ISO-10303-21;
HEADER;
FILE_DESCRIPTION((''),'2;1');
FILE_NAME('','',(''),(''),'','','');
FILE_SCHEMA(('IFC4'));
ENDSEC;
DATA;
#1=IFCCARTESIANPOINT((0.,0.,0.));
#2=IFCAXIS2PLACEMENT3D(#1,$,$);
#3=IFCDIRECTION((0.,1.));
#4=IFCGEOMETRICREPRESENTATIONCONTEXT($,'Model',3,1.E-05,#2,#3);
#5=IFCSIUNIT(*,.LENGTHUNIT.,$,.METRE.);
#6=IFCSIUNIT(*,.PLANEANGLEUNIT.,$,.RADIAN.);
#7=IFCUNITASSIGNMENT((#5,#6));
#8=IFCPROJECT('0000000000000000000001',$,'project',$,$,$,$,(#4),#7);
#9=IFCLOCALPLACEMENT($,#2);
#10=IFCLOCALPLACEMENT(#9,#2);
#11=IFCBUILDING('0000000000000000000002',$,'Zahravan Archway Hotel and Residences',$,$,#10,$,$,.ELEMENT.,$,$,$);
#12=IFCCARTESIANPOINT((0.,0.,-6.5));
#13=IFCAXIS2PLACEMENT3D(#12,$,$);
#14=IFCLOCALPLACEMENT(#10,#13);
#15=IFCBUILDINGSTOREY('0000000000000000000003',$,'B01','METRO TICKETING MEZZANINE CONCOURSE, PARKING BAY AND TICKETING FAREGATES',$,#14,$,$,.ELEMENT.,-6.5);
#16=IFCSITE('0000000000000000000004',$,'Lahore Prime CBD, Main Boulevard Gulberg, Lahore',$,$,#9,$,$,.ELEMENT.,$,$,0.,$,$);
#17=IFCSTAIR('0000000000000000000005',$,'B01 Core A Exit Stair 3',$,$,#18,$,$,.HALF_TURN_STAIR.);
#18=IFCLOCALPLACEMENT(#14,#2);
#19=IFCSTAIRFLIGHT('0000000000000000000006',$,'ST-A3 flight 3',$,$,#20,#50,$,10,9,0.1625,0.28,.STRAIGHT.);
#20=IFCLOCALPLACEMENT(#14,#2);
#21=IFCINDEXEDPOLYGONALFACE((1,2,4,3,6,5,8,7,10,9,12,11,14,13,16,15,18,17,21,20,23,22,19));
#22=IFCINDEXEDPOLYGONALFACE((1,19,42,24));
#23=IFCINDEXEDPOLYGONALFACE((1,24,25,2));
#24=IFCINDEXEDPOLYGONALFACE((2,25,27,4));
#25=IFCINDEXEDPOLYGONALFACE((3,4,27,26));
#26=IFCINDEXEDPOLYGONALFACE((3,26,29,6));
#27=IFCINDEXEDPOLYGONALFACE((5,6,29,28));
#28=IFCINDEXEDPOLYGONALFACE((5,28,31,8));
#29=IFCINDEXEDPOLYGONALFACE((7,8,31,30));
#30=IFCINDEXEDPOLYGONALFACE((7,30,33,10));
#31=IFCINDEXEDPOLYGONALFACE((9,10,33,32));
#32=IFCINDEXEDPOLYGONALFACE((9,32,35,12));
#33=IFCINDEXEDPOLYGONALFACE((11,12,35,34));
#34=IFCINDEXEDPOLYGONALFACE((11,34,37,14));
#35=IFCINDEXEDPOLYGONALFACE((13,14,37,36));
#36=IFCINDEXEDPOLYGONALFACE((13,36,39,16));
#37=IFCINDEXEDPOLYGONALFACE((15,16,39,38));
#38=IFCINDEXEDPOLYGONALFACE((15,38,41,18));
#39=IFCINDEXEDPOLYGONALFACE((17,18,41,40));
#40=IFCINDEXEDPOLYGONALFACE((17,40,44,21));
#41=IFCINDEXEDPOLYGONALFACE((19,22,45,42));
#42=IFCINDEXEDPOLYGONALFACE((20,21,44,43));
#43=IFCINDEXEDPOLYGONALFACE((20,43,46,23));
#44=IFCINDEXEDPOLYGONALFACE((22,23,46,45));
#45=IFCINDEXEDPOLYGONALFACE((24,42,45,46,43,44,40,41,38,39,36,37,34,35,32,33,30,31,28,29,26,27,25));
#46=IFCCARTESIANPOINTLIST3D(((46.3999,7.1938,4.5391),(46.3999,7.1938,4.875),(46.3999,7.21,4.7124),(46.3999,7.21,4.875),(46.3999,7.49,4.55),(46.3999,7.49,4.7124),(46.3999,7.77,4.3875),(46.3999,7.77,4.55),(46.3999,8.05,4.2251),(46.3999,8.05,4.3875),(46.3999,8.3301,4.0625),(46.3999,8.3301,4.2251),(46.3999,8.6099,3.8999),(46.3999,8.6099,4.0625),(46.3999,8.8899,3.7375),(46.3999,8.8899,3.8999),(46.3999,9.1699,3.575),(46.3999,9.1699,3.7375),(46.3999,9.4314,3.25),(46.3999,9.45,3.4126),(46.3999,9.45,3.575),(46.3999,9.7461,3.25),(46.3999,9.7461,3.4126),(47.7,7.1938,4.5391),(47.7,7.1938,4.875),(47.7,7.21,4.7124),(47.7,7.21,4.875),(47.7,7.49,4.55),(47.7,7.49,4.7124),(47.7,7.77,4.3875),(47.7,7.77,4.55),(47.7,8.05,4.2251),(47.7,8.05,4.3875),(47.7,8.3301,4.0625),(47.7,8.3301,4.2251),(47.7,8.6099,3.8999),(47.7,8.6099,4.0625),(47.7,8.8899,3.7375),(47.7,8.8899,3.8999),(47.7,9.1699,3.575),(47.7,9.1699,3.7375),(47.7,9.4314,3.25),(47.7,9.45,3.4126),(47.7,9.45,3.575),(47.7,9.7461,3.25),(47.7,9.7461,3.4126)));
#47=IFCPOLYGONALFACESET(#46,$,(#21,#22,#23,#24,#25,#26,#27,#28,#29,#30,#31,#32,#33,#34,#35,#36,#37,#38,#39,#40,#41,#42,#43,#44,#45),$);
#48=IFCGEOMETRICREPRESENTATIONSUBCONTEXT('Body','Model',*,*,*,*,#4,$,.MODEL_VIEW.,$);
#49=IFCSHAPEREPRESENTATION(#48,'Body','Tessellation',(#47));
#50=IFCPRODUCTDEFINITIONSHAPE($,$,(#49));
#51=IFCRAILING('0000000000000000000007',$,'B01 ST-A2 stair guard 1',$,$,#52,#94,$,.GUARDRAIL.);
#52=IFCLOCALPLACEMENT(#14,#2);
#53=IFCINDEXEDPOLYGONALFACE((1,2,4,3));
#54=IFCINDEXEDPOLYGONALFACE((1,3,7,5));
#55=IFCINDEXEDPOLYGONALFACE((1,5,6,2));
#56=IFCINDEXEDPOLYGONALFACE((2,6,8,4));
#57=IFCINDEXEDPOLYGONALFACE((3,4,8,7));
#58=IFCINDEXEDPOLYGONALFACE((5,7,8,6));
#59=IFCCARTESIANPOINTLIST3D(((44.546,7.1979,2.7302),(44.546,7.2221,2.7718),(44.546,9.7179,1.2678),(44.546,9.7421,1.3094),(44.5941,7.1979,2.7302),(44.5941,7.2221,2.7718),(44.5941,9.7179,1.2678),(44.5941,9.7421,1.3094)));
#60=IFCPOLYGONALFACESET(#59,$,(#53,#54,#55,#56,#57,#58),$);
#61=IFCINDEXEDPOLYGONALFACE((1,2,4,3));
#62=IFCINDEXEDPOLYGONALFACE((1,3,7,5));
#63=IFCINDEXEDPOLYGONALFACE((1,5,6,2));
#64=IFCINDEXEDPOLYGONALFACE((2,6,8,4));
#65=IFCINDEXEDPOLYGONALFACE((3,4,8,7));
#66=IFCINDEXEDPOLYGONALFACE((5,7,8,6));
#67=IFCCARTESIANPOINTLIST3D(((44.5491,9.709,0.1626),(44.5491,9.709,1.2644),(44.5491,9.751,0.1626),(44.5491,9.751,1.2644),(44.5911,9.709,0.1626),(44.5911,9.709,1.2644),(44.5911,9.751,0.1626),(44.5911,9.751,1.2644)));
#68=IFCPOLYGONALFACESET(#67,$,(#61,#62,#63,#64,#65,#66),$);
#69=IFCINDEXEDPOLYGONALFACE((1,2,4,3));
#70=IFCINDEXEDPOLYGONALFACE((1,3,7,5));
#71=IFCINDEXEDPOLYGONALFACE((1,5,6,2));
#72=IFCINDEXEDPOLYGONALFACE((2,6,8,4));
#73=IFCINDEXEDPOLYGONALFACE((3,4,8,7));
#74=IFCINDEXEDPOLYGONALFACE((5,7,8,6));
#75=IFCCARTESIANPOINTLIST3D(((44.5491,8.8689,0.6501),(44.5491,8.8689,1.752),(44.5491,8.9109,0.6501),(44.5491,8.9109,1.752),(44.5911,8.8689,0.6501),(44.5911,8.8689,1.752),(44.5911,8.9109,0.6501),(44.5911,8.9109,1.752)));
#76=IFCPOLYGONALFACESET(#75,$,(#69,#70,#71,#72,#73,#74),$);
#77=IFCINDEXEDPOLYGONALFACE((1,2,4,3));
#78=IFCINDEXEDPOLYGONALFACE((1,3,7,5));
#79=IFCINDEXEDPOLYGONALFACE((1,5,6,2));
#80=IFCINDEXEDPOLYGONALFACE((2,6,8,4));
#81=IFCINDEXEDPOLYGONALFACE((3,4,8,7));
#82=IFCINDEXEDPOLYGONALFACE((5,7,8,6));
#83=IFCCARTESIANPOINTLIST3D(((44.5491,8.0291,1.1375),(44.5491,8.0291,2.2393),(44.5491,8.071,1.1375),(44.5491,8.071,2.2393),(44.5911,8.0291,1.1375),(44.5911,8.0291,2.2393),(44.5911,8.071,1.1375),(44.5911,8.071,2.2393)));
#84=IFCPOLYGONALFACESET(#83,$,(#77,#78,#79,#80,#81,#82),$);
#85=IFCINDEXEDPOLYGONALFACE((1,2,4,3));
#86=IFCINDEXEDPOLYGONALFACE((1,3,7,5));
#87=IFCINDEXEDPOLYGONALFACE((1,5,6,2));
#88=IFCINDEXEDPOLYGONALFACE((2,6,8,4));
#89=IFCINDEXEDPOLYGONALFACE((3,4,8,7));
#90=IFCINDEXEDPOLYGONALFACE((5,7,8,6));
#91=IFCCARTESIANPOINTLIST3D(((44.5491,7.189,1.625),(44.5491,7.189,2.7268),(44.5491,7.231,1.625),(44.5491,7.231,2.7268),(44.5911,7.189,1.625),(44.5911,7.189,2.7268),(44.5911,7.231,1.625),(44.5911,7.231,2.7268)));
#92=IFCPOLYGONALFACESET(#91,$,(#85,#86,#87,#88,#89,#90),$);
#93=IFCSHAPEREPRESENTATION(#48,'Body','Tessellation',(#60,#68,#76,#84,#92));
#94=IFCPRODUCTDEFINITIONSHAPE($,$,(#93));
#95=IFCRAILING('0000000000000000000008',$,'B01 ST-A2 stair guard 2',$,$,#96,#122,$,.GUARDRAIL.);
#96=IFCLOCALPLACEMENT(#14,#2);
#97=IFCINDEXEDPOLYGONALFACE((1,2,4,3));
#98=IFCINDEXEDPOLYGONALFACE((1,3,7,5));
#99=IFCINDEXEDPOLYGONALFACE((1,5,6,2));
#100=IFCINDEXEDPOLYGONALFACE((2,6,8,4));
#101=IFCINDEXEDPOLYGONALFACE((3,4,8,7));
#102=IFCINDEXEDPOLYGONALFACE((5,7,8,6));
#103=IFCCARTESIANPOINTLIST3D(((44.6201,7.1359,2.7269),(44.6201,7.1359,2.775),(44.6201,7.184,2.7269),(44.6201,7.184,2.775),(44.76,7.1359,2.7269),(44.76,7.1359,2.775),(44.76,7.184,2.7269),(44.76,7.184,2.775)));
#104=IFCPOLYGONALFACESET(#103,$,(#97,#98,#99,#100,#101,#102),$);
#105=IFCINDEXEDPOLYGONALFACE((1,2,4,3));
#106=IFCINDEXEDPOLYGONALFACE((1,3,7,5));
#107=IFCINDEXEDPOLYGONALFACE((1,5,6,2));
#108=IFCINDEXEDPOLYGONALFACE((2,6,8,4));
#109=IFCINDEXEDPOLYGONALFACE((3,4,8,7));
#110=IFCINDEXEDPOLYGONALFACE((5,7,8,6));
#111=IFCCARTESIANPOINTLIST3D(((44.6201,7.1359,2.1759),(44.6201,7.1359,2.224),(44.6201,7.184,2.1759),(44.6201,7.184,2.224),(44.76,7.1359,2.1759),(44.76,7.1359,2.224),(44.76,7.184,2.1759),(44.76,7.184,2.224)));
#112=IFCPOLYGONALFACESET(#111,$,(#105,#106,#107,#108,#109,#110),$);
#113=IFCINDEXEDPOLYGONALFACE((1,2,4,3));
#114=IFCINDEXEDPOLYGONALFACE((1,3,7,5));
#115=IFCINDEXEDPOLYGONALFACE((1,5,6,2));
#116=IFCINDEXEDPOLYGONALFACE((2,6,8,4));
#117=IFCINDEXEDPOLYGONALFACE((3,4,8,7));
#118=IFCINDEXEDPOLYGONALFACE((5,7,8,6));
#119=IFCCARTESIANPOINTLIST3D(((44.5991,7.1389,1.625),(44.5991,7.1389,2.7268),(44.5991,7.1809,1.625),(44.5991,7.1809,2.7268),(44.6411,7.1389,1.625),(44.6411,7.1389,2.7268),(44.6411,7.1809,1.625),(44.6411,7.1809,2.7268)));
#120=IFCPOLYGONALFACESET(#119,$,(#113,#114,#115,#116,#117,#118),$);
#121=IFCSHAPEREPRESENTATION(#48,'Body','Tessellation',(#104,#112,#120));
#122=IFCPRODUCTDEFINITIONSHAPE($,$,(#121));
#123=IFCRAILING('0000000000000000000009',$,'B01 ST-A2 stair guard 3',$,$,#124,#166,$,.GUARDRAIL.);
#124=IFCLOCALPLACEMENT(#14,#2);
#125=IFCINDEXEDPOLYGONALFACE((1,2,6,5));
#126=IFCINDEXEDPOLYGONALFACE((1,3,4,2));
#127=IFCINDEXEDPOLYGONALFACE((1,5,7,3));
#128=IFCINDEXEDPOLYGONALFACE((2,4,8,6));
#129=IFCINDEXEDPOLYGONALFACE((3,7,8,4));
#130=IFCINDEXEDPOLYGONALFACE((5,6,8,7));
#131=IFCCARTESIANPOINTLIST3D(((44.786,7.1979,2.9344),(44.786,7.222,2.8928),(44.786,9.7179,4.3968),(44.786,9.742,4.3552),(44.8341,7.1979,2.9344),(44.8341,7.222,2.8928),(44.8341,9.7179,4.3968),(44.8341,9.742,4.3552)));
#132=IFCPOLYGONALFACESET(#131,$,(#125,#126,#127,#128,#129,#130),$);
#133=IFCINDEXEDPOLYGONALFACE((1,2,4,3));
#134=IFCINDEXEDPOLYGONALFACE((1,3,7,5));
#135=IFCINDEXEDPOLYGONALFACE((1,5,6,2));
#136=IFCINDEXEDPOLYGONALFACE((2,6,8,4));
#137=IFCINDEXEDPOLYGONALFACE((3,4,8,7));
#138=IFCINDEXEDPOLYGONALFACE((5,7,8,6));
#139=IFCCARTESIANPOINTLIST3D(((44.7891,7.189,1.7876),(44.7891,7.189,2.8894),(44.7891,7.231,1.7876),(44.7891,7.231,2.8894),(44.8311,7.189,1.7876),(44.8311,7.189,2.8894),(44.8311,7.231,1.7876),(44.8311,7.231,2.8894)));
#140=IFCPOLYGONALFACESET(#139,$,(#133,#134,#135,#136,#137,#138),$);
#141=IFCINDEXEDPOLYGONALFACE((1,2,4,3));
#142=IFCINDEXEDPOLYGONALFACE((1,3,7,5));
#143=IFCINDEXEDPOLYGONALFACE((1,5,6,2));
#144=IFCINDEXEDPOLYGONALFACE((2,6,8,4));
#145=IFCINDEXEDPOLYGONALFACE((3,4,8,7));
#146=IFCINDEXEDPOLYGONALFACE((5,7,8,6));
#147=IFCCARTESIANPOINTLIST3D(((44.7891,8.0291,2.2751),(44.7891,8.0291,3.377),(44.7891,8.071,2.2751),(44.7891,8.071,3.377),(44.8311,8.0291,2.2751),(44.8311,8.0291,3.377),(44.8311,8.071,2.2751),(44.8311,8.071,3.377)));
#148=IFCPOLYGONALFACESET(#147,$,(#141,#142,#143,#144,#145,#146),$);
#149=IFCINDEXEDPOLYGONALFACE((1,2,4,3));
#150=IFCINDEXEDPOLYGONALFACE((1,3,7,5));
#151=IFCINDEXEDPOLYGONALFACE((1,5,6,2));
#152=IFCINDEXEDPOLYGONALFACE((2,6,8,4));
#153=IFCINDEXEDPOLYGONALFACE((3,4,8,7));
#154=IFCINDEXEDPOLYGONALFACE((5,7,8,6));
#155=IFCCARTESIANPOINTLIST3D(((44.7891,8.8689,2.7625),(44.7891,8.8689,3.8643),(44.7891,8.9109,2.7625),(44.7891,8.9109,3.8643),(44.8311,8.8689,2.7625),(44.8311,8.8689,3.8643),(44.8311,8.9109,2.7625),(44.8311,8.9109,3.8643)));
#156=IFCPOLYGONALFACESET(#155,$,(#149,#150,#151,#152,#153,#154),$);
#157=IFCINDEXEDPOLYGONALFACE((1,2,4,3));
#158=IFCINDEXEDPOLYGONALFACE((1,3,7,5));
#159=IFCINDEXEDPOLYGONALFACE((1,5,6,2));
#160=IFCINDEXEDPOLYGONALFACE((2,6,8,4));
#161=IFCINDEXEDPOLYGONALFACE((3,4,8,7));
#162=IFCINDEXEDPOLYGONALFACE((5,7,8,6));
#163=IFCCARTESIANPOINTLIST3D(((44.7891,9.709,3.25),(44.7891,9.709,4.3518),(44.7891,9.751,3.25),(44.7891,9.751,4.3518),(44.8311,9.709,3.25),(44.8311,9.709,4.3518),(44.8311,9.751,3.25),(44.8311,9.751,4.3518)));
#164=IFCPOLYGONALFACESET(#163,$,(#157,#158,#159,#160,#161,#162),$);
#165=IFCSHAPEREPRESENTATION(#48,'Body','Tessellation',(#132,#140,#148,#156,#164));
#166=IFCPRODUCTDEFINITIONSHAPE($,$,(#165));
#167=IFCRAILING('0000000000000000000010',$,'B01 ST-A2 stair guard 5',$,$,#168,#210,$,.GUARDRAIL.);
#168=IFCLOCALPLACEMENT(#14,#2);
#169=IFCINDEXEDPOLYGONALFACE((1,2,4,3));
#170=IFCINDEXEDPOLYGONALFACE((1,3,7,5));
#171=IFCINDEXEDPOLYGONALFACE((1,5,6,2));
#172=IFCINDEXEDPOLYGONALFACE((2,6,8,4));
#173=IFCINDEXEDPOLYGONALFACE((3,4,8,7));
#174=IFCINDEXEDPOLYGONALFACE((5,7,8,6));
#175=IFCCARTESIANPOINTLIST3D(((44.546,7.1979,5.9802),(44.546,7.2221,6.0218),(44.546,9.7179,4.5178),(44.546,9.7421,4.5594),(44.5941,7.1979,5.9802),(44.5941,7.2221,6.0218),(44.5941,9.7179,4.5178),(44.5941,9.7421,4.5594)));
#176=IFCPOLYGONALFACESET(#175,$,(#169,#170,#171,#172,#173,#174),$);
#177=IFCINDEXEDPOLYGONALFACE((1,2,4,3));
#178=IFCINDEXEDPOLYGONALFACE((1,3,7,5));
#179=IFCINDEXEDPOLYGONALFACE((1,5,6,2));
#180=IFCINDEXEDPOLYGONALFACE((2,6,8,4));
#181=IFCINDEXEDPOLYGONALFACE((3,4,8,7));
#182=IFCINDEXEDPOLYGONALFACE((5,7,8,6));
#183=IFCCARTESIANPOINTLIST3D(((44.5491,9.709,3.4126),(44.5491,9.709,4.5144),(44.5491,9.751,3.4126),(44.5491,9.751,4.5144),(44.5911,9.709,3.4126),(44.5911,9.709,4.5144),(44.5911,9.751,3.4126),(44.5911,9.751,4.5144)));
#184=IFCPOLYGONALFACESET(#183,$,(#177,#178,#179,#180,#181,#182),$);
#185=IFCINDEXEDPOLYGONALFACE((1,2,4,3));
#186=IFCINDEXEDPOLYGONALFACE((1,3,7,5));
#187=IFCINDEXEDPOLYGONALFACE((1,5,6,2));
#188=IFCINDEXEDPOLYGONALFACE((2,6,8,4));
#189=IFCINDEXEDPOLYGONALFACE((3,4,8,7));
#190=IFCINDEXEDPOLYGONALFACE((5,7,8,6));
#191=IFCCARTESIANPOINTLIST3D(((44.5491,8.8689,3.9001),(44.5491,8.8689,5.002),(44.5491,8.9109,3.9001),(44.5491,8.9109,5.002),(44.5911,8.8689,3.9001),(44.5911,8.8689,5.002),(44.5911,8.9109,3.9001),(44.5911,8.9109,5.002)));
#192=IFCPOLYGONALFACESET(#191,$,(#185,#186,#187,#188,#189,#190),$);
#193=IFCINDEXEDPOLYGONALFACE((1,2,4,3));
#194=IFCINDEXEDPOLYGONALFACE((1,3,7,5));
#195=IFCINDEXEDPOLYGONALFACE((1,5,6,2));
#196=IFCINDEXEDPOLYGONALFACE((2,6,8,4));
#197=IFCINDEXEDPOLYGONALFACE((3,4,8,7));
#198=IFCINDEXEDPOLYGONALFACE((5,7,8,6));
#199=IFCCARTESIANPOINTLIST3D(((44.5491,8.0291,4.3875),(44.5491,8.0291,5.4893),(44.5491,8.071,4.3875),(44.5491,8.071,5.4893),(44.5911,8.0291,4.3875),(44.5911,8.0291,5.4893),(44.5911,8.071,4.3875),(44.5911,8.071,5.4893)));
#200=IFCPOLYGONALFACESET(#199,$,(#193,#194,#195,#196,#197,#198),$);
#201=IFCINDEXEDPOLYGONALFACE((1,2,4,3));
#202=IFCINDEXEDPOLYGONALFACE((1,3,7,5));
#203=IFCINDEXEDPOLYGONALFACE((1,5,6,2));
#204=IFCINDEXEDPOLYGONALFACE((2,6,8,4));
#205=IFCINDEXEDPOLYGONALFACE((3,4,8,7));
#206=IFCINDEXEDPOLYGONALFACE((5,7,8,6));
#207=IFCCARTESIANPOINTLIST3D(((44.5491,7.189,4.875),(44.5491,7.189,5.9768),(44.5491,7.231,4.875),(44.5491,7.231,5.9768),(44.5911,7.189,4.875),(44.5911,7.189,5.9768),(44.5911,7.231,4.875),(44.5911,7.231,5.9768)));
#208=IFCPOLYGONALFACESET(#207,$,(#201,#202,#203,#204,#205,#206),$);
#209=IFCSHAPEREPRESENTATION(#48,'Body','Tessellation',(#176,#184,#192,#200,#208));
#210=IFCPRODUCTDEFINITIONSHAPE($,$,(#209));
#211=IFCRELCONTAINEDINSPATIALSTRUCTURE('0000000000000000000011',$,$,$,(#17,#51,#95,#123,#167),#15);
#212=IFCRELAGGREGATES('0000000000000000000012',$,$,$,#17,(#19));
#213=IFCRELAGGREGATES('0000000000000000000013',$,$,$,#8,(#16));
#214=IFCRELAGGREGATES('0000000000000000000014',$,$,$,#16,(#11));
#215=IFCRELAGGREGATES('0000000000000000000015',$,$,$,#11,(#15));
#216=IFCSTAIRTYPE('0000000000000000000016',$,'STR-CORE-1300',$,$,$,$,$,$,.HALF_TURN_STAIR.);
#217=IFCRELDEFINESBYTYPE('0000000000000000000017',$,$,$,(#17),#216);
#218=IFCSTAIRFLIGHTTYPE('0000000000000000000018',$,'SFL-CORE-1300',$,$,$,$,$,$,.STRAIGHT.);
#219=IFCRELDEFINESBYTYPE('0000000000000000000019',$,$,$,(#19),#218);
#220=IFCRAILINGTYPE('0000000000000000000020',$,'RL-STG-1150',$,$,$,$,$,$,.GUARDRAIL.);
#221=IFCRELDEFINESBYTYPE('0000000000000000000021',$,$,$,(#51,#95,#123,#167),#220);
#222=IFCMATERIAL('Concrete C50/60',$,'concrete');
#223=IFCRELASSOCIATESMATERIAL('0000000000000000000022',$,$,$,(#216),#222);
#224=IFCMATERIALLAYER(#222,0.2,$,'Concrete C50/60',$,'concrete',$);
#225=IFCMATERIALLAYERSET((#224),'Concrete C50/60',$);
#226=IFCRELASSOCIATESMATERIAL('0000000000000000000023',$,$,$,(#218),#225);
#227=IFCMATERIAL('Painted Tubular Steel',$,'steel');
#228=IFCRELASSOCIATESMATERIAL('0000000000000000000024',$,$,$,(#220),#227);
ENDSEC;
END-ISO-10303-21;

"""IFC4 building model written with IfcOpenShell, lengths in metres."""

from ifc_helpers import new_model, si_unit, direction, frame, origin, origin_2d, place, context, subcontext, project, spatial, polyline, rectangle, outline, extrude, source, transform, mapped, material, layer, layer_set, type_object, type_shapes, element, aggregate, save


model = new_model("IFC4")

# Units and contexts
model_context = context("Model", 3, precision=1e-05, world=origin(), true_north=direction((0.0, 1.0)))
body_context = subcontext(model_context, "Body", "Model", "MODEL_VIEW")
ifc_project = project(units=[si_unit("LENGTHUNIT", "METRE"), si_unit("PLANEANGLEUNIT", "RADIAN")], contexts=[model_context])

# Site, building, storey
site_placement = place(None, origin())
site = spatial("IfcSite", under=ifc_project, at=site_placement, Name="Lahore Prime CBD, Main Boulevard Gulberg, Lahore", CompositionType="ELEMENT", RefElevation=0.0)
building_placement = place(site_placement, origin())
building = spatial("IfcBuilding", under=site, at=building_placement, Name="Zahravan Archway Hotel and Residences", CompositionType="ELEMENT")
storey_placement = place(building_placement, frame((0.0, 0.0, -6.5)))
storey = spatial("IfcBuildingStorey", under=building, at=storey_placement, Name="B01", Description="METRO TICKETING MEZZANINE CONCOURSE, PARKING BAY AND TICKETING FAREGATES", CompositionType="ELEMENT", Elevation=-6.5)

# Shared definitions
ifc_material_1 = material(Name="Concrete C50/60", Category="concrete")

# Stair, stair flight
stair_type = type_object("IfcStairType", Name="STR-CORE-1300", PredefinedType="HALF_TURN_STAIR", material=ifc_material_1)
ifc_layer_1 = layer(ifc_material_1, 0.2, Name="Concrete C50/60", Category="concrete")
ifc_layer_set_1 = layer_set([ifc_layer_1], Name="Concrete C50/60")
stair_flight_type = type_object("IfcStairFlightType", Name="SFL-CORE-1300", PredefinedType="STRAIGHT", material=ifc_layer_set_1)
shared_shape_1 = source(origin(), body_context, "Body", "SweptSolid", [
    extrude(outline(polyline([(-0.0161, 0.0), (-0.0161, 0.1626), (0.28, 0.1626), (0.28, 0.325), (0.5601, 0.325), (0.5601, 0.4875), (0.8401, 0.4875), (0.8401, 0.6499), (1.1201, 0.6499), (1.1201, 0.8125), (1.3999, 0.8125), (1.3999, 0.9751), (1.6799, 0.9751), (1.6799, 1.1375), (1.96, 1.1375), (1.96, 1.3), (2.24, 1.3), (2.24, 1.4624), (2.52, 1.4624), (2.52, 1.625), (2.5361, 1.625), (2.5361, 1.2891), (0.2986, 0.0), (-0.0161, 0.0)])), frame((0.0, 0.6499, 0.0), z_axis=(0.0, -1.0, 0.0), x_axis=(1.0, 0.0, 0.0)), (0.0, 0.0, 1.0), 1.3),
])
type_shapes(stair_flight_type, [shared_shape_1])
stair_1_placement = place(storey_placement, origin())
stair_1 = element("IfcStair", 1, at=stair_1_placement, inside=storey, type_object=stair_type, Name="B01 Core A Exit Stair 3", PredefinedType="HALF_TURN_STAIR")
stair_flight_1_placement = place(storey_placement, frame((47.05, 9.73, 3.25), z_axis=(0.0, 0.0, 1.0), x_axis=(0.0, -1.0, 0.0)))
stair_flight_1 = element("IfcStairFlight", 2, at=stair_flight_1_placement, type_object=stair_flight_type, Name="ST-A3 flight 3", NumberOfRisers=10, NumberOfTreads=9, PredefinedType="STRAIGHT", RiserHeight=0.1625, TreadLength=0.28, context=body_context, shape_type="MappedRepresentation", body=[
    mapped(shared_shape_1, transform((0.0, 0.0, 0.0), scale=1.0)),
])
aggregate(stair_1, [stair_flight_1])

# Railings
ifc_material_2 = material(Name="Painted Tubular Steel", Category="steel")
railing_type_1 = type_object("IfcRailingType", Name="RL-STG-1150", PredefinedType="GUARDRAIL", material=ifc_material_2)
railing_1_placement = place(storey_placement, frame((44.5701, 9.73, 0.1626)))
element("IfcRailing", 3, at=railing_1_placement, inside=storey, type_object=railing_type_1, Name="B01 ST-A2 stair guard 1", PredefinedType="GUARDRAIL", context=body_context, shape_type="SweptSolid", body=[
    extrude(rectangle(XDim=0.0481, YDim=0.0481, at=origin_2d()), frame((0.0, 0.0, 1.126), z_axis=(0.0, -0.864913, 0.501921), x_axis=(1.0, 0.0, 0.0)), (0.0, 0.0, 1.0), 2.9136),
    extrude(rectangle(XDim=0.042, YDim=0.042, at=origin_2d()), origin(), (0.0, 0.0, 1.0), 1.1018),
    extrude(rectangle(XDim=0.042, YDim=0.042, at=origin_2d()), frame((0.0, -0.8401, 0.4875)), (0.0, 0.0, 1.0), 1.1018),
    extrude(rectangle(XDim=0.042, YDim=0.042, at=origin_2d()), frame((0.0, -1.6799, 0.9749)), (0.0, 0.0, 1.0), 1.1018),
    extrude(rectangle(XDim=0.042, YDim=0.042, at=origin_2d()), frame((0.0, -2.52, 1.4624)), (0.0, 0.0, 1.0), 1.1018),
])
railing_2_placement = place(storey_placement, frame((44.6201, 7.1599, 1.625)))
element("IfcRailing", 4, at=railing_2_placement, inside=storey, type_object=railing_type_1, Name="B01 ST-A2 stair guard 2", PredefinedType="GUARDRAIL", context=body_context, shape_type="SweptSolid", body=[
    extrude(rectangle(XDim=0.0481, YDim=0.0481, at=origin_2d()), frame((0.0, 0.0, 1.126), z_axis=(1.0, 0.0, 0.0), x_axis=(0.0, 1.0, 0.0)), (0.0, 0.0, 1.0), 0.1399),
    extrude(rectangle(XDim=0.0481, YDim=0.0481, at=origin_2d()), frame((0.0, 0.0, 0.575), z_axis=(1.0, 0.0, 0.0), x_axis=(0.0, 1.0, 0.0)), (0.0, 0.0, 1.0), 0.1399),
    extrude(rectangle(XDim=0.042, YDim=0.042, at=origin_2d()), origin(), (0.0, 0.0, 1.0), 1.1018),
])
railing_3_placement = place(storey_placement, frame((44.8101, 7.21, 1.7876)))
element("IfcRailing", 5, at=railing_3_placement, inside=storey, type_object=railing_type_1, Name="B01 ST-A2 stair guard 3", PredefinedType="GUARDRAIL", context=body_context, shape_type="SweptSolid", body=[
    extrude(rectangle(XDim=0.0481, YDim=0.0481, at=origin_2d()), frame((0.0, 0.0, 1.126), z_axis=(0.0, 0.864913, 0.501921), x_axis=(-1.0, 0.0, 0.0)), (0.0, 0.0, 1.0), 2.9136),
    extrude(rectangle(XDim=0.042, YDim=0.042, at=origin_2d()), origin(), (0.0, 0.0, 1.0), 1.1018),
    extrude(rectangle(XDim=0.042, YDim=0.042, at=origin_2d()), frame((0.0, 0.8401, 0.4875)), (0.0, 0.0, 1.0), 1.1018),
    extrude(rectangle(XDim=0.042, YDim=0.042, at=origin_2d()), frame((0.0, 1.6799, 0.9749)), (0.0, 0.0, 1.0), 1.1018),
    extrude(rectangle(XDim=0.042, YDim=0.042, at=origin_2d()), frame((0.0, 2.52, 1.4624)), (0.0, 0.0, 1.0), 1.1018),
])
railing_4_placement = place(storey_placement, frame((44.5701, 9.73, 3.4126)))
element("IfcRailing", 6, at=railing_4_placement, inside=storey, type_object=railing_type_1, Name="B01 ST-A2 stair guard 5", PredefinedType="GUARDRAIL", context=body_context, shape_type="SweptSolid", body=[
    extrude(rectangle(XDim=0.0481, YDim=0.0481, at=origin_2d()), frame((0.0, 0.0, 1.126), z_axis=(0.0, -0.864913, 0.501921), x_axis=(1.0, 0.0, 0.0)), (0.0, 0.0, 1.0), 2.9136),
    extrude(rectangle(XDim=0.042, YDim=0.042, at=origin_2d()), origin(), (0.0, 0.0, 1.0), 1.1018),
    extrude(rectangle(XDim=0.042, YDim=0.042, at=origin_2d()), frame((0.0, -0.8401, 0.4875)), (0.0, 0.0, 1.0), 1.1018),
    extrude(rectangle(XDim=0.042, YDim=0.042, at=origin_2d()), frame((0.0, -1.6799, 0.9749)), (0.0, 0.0, 1.0), 1.1018),
    extrude(rectangle(XDim=0.042, YDim=0.042, at=origin_2d()), frame((0.0, -2.52, 1.4624)), (0.0, 0.0, 1.0), 1.1018),
])

save(model, "model.ifc")
